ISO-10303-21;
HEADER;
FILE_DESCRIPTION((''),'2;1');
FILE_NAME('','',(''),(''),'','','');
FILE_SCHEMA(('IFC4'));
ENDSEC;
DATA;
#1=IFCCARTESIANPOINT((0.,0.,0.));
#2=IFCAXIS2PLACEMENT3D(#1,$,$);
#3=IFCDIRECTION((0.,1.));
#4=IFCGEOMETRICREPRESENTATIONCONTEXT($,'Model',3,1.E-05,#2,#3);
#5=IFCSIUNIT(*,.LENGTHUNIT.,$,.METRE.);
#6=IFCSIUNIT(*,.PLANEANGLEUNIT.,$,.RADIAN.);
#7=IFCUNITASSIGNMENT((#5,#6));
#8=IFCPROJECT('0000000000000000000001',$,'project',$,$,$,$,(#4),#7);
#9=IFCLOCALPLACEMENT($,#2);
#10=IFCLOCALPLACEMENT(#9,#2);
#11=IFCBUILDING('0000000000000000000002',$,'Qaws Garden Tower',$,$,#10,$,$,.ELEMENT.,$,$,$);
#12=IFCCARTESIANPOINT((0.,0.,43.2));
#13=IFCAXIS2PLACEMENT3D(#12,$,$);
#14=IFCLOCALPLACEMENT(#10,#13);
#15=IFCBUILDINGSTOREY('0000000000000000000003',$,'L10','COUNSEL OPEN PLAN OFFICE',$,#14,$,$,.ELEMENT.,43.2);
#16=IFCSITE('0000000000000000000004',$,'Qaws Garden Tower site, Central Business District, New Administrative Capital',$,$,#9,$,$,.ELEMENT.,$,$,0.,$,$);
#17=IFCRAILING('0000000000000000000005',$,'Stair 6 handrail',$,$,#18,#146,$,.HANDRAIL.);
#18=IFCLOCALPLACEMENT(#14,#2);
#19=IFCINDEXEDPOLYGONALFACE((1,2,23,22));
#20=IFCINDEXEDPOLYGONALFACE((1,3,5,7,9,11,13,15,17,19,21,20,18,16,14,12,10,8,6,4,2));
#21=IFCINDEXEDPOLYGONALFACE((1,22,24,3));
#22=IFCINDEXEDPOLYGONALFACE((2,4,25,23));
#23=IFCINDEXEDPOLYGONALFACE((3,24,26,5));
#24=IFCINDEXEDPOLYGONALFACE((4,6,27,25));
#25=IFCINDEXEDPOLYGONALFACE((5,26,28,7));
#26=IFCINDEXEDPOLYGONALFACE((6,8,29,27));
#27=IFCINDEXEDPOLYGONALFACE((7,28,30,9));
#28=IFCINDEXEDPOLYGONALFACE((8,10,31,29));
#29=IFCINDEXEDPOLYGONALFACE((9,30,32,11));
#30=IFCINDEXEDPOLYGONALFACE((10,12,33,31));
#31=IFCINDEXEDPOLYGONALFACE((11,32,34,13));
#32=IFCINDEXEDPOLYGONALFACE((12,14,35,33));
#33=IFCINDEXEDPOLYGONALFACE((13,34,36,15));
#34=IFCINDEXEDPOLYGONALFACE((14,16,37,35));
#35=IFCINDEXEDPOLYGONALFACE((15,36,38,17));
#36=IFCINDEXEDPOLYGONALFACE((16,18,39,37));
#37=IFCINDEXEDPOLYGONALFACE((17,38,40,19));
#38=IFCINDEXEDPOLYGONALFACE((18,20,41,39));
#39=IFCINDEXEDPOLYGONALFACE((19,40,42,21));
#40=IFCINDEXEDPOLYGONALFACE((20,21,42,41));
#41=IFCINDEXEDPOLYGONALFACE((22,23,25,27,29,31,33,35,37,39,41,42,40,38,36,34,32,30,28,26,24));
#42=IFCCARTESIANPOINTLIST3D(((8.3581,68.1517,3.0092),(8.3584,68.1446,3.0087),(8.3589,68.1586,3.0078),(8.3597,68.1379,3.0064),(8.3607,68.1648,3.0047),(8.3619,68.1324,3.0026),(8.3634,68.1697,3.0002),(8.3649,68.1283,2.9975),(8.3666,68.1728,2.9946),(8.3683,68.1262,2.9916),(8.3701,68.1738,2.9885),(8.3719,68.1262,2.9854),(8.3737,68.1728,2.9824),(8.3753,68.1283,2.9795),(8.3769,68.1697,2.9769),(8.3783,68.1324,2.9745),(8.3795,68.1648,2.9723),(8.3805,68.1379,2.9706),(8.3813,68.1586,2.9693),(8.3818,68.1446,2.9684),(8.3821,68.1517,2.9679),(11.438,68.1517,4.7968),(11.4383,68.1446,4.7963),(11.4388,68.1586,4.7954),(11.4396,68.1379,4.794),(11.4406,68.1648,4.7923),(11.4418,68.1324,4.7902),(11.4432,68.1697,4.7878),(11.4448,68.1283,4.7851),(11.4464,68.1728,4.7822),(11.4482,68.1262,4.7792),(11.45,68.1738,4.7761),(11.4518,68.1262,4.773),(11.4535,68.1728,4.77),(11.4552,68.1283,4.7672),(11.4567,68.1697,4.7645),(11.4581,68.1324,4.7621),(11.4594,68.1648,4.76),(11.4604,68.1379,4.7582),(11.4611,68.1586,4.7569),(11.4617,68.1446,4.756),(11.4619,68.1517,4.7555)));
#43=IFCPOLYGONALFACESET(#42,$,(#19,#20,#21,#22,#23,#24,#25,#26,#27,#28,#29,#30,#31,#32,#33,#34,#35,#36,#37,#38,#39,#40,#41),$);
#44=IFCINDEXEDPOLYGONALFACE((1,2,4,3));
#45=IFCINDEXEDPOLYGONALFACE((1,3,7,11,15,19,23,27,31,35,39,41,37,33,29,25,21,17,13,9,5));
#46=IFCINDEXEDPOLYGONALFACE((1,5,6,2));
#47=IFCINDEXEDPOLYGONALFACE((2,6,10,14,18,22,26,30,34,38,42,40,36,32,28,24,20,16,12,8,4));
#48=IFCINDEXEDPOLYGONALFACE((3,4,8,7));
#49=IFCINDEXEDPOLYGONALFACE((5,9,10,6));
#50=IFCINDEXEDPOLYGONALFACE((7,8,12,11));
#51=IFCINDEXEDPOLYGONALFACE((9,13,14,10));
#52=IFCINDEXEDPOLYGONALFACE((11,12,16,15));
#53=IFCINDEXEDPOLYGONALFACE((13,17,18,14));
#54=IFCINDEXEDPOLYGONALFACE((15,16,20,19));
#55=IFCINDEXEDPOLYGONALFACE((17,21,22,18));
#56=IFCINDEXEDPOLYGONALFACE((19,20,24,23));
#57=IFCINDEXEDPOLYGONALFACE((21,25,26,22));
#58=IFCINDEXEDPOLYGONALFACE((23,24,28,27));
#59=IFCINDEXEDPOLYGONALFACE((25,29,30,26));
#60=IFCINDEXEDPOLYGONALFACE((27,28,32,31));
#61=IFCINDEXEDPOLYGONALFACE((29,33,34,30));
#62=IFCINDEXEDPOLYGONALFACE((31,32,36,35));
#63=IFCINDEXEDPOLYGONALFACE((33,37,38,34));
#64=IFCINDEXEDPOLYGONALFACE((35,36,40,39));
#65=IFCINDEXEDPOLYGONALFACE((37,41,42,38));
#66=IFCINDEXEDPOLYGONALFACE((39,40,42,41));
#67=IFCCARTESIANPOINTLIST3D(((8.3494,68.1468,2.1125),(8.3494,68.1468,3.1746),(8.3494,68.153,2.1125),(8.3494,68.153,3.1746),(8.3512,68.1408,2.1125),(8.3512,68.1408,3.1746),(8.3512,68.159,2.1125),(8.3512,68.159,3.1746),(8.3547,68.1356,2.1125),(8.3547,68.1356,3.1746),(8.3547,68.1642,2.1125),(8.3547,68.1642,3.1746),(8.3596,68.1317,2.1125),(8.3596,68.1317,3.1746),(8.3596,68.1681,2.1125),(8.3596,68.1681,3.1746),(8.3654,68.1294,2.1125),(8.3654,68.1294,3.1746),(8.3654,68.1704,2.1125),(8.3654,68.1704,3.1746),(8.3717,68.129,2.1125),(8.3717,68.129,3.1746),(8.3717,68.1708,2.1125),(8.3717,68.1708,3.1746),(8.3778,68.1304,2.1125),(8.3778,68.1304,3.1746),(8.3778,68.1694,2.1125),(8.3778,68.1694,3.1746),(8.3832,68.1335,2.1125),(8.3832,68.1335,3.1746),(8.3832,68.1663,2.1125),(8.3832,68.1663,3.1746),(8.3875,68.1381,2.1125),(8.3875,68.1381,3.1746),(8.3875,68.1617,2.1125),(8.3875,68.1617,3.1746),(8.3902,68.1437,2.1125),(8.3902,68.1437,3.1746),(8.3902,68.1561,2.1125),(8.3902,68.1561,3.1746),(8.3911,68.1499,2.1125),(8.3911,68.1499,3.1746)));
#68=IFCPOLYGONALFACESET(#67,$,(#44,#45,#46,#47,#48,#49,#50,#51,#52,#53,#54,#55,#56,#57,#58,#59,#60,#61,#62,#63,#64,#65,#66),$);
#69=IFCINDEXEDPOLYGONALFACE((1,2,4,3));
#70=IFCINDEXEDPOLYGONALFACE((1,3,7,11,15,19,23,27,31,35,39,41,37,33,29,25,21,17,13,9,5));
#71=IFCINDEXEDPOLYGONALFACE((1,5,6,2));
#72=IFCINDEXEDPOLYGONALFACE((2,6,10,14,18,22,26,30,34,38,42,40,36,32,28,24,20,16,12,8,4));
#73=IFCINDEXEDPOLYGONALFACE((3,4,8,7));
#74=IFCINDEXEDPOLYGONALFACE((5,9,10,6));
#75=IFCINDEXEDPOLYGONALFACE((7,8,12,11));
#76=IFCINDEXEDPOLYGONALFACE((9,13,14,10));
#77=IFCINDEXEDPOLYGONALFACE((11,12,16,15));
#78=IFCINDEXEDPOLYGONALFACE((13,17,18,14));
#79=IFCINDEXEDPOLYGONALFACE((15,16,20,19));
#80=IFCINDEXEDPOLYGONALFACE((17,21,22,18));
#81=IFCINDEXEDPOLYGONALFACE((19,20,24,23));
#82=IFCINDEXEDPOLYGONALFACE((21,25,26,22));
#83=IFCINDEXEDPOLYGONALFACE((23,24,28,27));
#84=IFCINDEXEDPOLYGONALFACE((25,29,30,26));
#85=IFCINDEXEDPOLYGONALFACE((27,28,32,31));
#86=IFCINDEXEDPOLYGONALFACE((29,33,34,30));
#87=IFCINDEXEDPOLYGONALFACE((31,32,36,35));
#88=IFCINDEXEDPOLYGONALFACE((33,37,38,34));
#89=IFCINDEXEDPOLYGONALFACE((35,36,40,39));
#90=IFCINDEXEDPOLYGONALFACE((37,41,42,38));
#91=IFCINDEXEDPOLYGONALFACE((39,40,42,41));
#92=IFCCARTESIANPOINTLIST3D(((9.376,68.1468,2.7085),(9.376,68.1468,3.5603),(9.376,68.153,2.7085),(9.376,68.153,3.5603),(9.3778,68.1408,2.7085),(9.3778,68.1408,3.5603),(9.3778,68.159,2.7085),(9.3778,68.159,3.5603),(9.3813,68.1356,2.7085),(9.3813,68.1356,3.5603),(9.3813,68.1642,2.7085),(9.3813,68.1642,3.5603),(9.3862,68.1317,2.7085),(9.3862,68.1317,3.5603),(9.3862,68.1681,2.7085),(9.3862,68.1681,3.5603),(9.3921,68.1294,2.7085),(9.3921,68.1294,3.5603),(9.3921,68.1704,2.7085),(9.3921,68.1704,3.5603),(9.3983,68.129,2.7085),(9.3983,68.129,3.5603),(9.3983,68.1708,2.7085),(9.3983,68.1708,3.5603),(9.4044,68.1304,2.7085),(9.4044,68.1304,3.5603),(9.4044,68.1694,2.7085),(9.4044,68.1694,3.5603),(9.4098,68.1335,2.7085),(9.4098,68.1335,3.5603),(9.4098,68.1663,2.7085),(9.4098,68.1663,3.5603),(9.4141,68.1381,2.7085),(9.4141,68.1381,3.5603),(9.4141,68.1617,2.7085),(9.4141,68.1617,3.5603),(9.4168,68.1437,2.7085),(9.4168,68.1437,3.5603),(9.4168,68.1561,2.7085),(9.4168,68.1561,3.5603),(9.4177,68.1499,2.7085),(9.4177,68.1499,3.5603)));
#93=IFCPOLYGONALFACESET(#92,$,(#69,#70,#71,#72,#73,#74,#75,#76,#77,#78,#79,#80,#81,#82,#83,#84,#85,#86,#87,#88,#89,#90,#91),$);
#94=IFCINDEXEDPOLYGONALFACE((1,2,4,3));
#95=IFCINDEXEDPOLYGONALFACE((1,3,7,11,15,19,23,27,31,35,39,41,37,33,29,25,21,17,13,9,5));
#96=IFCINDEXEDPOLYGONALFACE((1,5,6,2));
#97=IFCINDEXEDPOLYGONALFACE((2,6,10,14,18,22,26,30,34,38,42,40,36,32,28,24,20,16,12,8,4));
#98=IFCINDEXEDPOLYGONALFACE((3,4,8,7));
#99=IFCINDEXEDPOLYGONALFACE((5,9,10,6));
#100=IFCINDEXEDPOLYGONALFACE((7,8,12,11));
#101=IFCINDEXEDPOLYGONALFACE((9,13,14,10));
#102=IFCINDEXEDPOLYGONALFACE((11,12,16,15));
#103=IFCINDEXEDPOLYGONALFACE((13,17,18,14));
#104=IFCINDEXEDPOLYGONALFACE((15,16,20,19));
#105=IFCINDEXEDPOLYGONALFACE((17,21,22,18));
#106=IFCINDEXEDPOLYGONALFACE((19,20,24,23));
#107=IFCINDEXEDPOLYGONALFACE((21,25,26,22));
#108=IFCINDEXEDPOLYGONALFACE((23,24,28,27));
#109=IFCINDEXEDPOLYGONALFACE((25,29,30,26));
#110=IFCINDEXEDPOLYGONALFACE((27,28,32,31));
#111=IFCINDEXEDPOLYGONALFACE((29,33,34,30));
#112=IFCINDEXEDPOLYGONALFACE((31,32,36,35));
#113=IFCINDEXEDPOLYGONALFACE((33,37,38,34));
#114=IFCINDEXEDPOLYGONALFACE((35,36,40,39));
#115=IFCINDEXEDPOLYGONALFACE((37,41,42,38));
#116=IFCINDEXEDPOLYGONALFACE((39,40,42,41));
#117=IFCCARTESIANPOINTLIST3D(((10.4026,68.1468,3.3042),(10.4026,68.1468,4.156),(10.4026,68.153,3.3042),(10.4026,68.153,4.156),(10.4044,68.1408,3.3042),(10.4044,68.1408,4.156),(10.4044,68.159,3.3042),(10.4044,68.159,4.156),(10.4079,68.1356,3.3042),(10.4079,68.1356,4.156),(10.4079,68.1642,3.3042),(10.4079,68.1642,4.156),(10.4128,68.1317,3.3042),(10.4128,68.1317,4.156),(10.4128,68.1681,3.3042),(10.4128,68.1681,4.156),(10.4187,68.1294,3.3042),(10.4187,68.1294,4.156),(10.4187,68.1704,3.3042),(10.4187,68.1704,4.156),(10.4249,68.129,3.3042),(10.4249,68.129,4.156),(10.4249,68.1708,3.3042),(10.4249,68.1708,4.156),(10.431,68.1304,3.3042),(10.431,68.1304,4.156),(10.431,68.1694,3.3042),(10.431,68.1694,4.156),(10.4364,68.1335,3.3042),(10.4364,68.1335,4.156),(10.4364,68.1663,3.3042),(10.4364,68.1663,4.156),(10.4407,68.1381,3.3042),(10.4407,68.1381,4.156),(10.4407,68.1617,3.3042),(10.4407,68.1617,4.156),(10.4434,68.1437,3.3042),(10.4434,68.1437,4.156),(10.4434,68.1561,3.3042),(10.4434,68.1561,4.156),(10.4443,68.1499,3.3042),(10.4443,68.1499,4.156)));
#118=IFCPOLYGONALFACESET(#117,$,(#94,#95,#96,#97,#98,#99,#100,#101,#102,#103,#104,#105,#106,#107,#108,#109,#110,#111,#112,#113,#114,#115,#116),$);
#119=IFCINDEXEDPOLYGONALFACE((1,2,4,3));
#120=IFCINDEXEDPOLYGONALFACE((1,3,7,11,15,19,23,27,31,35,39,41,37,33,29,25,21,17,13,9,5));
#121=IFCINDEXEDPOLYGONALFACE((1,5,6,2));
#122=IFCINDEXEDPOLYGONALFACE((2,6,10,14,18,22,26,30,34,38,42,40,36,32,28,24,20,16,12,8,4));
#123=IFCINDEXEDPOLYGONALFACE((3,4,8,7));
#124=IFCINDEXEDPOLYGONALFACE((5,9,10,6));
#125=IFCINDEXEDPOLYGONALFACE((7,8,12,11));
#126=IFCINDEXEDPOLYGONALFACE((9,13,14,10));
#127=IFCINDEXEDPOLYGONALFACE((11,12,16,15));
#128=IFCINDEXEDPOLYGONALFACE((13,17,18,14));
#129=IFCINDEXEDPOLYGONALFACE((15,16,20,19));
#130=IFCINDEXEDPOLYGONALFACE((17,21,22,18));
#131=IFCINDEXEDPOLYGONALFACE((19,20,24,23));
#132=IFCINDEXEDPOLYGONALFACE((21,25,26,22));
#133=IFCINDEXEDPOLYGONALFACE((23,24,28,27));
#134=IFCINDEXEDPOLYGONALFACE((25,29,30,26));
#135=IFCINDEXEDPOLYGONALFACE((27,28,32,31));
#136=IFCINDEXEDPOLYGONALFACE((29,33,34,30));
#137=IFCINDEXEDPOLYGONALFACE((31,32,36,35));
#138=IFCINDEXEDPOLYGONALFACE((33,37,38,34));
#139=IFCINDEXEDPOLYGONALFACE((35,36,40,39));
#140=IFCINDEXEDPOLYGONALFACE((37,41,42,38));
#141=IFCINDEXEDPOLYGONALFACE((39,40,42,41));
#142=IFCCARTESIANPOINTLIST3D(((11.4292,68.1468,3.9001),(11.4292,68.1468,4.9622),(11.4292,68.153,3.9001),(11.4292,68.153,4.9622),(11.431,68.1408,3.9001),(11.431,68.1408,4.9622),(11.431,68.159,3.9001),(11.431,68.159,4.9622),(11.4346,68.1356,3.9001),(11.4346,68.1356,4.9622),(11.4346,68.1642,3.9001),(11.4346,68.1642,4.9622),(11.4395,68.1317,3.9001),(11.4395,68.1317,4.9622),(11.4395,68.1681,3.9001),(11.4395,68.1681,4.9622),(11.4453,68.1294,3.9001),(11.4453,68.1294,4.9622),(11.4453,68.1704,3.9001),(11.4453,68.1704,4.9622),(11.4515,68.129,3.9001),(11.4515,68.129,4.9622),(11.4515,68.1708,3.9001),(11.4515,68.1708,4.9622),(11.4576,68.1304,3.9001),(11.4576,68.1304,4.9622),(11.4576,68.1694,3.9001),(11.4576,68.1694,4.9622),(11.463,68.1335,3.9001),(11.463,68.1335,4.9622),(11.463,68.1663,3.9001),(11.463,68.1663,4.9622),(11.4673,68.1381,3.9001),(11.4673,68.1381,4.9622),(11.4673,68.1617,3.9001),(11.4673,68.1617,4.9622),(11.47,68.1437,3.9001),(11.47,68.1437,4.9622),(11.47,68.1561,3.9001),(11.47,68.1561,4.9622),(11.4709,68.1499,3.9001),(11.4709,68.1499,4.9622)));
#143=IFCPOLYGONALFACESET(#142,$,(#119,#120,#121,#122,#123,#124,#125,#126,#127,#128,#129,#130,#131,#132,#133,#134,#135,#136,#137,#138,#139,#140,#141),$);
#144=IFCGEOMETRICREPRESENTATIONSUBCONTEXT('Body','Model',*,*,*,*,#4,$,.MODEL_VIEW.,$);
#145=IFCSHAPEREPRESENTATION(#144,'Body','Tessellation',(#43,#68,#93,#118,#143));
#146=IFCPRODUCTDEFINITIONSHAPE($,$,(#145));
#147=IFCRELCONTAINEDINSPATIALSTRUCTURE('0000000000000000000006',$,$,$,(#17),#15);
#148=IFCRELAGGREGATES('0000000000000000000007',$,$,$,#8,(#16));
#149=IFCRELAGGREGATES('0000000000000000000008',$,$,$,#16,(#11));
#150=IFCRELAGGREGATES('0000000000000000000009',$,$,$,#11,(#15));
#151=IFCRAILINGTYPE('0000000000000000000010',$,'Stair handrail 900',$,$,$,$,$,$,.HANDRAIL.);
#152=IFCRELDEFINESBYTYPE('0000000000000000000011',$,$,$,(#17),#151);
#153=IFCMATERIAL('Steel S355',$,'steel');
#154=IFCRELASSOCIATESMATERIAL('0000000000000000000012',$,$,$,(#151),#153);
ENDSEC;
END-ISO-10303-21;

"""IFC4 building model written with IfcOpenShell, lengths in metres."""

from ifc_helpers import new_model, si_unit, direction, frame, origin, origin_2d, place, context, subcontext, project, spatial, circle, extrude, material, type_object, element, save


model = new_model("IFC4")

# Units and contexts
model_context = context("Model", 3, precision=1e-05, world=origin(), true_north=direction((0.0, 1.0)))
body_context = subcontext(model_context, "Body", "Model", "MODEL_VIEW")
ifc_project = project(units=[si_unit("LENGTHUNIT", "METRE"), si_unit("PLANEANGLEUNIT", "RADIAN")], contexts=[model_context])

# Site, building, storey
site_placement = place(None, origin())
site = spatial("IfcSite", under=ifc_project, at=site_placement, Name="Qaws Garden Tower site, Central Business District, New Administrative Capital", CompositionType="ELEMENT", RefElevation=0.0)
building_placement = place(site_placement, origin())
building = spatial("IfcBuilding", under=site, at=building_placement, Name="Qaws Garden Tower", CompositionType="ELEMENT")
storey_placement = place(building_placement, frame((0.0, 0.0, 43.2)))
storey = spatial("IfcBuildingStorey", under=building, at=storey_placement, Name="L10", Description="COUNSEL OPEN PLAN OFFICE", CompositionType="ELEMENT", Elevation=43.2)

# Railing
ifc_material_1 = material(Name="Steel S355", Category="steel")
railing_type = type_object("IfcRailingType", Name="Stair handrail 900", PredefinedType="HANDRAIL", material=ifc_material_1)
railing_1_placement = place(storey_placement, frame((8.3701, 68.1499, 2.1125)))
element("IfcRailing", 1, at=railing_1_placement, inside=storey, type_object=railing_type, Name="Stair 6 handrail", PredefinedType="HANDRAIL", context=body_context, shape_type="SweptSolid", body=[
    extrude(circle(Radius=0.0239, at=origin_2d()), frame((0.0, 0.0, 0.876), z_axis=(0.864873, 0.0, 0.50199), x_axis=(0.0, 1.0, 0.0)), (0.0, 0.0, 1.0), 3.561),
    extrude(circle(Radius=0.021, at=origin_2d()), origin(), (0.0, 0.0, 1.0), 1.062),
    extrude(circle(Radius=0.021, at=origin_2d()), frame((1.0266, 0.0, 0.5959)), (0.0, 0.0, 1.0), 0.8518),
    extrude(circle(Radius=0.021, at=origin_2d()), frame((2.0532, 0.0, 1.1917)), (0.0, 0.0, 1.0), 0.8518),
    extrude(circle(Radius=0.021, at=origin_2d()), frame((3.0798, 0.0, 1.7876)), (0.0, 0.0, 1.0), 1.062),
])

save(model, "model.ifc")
